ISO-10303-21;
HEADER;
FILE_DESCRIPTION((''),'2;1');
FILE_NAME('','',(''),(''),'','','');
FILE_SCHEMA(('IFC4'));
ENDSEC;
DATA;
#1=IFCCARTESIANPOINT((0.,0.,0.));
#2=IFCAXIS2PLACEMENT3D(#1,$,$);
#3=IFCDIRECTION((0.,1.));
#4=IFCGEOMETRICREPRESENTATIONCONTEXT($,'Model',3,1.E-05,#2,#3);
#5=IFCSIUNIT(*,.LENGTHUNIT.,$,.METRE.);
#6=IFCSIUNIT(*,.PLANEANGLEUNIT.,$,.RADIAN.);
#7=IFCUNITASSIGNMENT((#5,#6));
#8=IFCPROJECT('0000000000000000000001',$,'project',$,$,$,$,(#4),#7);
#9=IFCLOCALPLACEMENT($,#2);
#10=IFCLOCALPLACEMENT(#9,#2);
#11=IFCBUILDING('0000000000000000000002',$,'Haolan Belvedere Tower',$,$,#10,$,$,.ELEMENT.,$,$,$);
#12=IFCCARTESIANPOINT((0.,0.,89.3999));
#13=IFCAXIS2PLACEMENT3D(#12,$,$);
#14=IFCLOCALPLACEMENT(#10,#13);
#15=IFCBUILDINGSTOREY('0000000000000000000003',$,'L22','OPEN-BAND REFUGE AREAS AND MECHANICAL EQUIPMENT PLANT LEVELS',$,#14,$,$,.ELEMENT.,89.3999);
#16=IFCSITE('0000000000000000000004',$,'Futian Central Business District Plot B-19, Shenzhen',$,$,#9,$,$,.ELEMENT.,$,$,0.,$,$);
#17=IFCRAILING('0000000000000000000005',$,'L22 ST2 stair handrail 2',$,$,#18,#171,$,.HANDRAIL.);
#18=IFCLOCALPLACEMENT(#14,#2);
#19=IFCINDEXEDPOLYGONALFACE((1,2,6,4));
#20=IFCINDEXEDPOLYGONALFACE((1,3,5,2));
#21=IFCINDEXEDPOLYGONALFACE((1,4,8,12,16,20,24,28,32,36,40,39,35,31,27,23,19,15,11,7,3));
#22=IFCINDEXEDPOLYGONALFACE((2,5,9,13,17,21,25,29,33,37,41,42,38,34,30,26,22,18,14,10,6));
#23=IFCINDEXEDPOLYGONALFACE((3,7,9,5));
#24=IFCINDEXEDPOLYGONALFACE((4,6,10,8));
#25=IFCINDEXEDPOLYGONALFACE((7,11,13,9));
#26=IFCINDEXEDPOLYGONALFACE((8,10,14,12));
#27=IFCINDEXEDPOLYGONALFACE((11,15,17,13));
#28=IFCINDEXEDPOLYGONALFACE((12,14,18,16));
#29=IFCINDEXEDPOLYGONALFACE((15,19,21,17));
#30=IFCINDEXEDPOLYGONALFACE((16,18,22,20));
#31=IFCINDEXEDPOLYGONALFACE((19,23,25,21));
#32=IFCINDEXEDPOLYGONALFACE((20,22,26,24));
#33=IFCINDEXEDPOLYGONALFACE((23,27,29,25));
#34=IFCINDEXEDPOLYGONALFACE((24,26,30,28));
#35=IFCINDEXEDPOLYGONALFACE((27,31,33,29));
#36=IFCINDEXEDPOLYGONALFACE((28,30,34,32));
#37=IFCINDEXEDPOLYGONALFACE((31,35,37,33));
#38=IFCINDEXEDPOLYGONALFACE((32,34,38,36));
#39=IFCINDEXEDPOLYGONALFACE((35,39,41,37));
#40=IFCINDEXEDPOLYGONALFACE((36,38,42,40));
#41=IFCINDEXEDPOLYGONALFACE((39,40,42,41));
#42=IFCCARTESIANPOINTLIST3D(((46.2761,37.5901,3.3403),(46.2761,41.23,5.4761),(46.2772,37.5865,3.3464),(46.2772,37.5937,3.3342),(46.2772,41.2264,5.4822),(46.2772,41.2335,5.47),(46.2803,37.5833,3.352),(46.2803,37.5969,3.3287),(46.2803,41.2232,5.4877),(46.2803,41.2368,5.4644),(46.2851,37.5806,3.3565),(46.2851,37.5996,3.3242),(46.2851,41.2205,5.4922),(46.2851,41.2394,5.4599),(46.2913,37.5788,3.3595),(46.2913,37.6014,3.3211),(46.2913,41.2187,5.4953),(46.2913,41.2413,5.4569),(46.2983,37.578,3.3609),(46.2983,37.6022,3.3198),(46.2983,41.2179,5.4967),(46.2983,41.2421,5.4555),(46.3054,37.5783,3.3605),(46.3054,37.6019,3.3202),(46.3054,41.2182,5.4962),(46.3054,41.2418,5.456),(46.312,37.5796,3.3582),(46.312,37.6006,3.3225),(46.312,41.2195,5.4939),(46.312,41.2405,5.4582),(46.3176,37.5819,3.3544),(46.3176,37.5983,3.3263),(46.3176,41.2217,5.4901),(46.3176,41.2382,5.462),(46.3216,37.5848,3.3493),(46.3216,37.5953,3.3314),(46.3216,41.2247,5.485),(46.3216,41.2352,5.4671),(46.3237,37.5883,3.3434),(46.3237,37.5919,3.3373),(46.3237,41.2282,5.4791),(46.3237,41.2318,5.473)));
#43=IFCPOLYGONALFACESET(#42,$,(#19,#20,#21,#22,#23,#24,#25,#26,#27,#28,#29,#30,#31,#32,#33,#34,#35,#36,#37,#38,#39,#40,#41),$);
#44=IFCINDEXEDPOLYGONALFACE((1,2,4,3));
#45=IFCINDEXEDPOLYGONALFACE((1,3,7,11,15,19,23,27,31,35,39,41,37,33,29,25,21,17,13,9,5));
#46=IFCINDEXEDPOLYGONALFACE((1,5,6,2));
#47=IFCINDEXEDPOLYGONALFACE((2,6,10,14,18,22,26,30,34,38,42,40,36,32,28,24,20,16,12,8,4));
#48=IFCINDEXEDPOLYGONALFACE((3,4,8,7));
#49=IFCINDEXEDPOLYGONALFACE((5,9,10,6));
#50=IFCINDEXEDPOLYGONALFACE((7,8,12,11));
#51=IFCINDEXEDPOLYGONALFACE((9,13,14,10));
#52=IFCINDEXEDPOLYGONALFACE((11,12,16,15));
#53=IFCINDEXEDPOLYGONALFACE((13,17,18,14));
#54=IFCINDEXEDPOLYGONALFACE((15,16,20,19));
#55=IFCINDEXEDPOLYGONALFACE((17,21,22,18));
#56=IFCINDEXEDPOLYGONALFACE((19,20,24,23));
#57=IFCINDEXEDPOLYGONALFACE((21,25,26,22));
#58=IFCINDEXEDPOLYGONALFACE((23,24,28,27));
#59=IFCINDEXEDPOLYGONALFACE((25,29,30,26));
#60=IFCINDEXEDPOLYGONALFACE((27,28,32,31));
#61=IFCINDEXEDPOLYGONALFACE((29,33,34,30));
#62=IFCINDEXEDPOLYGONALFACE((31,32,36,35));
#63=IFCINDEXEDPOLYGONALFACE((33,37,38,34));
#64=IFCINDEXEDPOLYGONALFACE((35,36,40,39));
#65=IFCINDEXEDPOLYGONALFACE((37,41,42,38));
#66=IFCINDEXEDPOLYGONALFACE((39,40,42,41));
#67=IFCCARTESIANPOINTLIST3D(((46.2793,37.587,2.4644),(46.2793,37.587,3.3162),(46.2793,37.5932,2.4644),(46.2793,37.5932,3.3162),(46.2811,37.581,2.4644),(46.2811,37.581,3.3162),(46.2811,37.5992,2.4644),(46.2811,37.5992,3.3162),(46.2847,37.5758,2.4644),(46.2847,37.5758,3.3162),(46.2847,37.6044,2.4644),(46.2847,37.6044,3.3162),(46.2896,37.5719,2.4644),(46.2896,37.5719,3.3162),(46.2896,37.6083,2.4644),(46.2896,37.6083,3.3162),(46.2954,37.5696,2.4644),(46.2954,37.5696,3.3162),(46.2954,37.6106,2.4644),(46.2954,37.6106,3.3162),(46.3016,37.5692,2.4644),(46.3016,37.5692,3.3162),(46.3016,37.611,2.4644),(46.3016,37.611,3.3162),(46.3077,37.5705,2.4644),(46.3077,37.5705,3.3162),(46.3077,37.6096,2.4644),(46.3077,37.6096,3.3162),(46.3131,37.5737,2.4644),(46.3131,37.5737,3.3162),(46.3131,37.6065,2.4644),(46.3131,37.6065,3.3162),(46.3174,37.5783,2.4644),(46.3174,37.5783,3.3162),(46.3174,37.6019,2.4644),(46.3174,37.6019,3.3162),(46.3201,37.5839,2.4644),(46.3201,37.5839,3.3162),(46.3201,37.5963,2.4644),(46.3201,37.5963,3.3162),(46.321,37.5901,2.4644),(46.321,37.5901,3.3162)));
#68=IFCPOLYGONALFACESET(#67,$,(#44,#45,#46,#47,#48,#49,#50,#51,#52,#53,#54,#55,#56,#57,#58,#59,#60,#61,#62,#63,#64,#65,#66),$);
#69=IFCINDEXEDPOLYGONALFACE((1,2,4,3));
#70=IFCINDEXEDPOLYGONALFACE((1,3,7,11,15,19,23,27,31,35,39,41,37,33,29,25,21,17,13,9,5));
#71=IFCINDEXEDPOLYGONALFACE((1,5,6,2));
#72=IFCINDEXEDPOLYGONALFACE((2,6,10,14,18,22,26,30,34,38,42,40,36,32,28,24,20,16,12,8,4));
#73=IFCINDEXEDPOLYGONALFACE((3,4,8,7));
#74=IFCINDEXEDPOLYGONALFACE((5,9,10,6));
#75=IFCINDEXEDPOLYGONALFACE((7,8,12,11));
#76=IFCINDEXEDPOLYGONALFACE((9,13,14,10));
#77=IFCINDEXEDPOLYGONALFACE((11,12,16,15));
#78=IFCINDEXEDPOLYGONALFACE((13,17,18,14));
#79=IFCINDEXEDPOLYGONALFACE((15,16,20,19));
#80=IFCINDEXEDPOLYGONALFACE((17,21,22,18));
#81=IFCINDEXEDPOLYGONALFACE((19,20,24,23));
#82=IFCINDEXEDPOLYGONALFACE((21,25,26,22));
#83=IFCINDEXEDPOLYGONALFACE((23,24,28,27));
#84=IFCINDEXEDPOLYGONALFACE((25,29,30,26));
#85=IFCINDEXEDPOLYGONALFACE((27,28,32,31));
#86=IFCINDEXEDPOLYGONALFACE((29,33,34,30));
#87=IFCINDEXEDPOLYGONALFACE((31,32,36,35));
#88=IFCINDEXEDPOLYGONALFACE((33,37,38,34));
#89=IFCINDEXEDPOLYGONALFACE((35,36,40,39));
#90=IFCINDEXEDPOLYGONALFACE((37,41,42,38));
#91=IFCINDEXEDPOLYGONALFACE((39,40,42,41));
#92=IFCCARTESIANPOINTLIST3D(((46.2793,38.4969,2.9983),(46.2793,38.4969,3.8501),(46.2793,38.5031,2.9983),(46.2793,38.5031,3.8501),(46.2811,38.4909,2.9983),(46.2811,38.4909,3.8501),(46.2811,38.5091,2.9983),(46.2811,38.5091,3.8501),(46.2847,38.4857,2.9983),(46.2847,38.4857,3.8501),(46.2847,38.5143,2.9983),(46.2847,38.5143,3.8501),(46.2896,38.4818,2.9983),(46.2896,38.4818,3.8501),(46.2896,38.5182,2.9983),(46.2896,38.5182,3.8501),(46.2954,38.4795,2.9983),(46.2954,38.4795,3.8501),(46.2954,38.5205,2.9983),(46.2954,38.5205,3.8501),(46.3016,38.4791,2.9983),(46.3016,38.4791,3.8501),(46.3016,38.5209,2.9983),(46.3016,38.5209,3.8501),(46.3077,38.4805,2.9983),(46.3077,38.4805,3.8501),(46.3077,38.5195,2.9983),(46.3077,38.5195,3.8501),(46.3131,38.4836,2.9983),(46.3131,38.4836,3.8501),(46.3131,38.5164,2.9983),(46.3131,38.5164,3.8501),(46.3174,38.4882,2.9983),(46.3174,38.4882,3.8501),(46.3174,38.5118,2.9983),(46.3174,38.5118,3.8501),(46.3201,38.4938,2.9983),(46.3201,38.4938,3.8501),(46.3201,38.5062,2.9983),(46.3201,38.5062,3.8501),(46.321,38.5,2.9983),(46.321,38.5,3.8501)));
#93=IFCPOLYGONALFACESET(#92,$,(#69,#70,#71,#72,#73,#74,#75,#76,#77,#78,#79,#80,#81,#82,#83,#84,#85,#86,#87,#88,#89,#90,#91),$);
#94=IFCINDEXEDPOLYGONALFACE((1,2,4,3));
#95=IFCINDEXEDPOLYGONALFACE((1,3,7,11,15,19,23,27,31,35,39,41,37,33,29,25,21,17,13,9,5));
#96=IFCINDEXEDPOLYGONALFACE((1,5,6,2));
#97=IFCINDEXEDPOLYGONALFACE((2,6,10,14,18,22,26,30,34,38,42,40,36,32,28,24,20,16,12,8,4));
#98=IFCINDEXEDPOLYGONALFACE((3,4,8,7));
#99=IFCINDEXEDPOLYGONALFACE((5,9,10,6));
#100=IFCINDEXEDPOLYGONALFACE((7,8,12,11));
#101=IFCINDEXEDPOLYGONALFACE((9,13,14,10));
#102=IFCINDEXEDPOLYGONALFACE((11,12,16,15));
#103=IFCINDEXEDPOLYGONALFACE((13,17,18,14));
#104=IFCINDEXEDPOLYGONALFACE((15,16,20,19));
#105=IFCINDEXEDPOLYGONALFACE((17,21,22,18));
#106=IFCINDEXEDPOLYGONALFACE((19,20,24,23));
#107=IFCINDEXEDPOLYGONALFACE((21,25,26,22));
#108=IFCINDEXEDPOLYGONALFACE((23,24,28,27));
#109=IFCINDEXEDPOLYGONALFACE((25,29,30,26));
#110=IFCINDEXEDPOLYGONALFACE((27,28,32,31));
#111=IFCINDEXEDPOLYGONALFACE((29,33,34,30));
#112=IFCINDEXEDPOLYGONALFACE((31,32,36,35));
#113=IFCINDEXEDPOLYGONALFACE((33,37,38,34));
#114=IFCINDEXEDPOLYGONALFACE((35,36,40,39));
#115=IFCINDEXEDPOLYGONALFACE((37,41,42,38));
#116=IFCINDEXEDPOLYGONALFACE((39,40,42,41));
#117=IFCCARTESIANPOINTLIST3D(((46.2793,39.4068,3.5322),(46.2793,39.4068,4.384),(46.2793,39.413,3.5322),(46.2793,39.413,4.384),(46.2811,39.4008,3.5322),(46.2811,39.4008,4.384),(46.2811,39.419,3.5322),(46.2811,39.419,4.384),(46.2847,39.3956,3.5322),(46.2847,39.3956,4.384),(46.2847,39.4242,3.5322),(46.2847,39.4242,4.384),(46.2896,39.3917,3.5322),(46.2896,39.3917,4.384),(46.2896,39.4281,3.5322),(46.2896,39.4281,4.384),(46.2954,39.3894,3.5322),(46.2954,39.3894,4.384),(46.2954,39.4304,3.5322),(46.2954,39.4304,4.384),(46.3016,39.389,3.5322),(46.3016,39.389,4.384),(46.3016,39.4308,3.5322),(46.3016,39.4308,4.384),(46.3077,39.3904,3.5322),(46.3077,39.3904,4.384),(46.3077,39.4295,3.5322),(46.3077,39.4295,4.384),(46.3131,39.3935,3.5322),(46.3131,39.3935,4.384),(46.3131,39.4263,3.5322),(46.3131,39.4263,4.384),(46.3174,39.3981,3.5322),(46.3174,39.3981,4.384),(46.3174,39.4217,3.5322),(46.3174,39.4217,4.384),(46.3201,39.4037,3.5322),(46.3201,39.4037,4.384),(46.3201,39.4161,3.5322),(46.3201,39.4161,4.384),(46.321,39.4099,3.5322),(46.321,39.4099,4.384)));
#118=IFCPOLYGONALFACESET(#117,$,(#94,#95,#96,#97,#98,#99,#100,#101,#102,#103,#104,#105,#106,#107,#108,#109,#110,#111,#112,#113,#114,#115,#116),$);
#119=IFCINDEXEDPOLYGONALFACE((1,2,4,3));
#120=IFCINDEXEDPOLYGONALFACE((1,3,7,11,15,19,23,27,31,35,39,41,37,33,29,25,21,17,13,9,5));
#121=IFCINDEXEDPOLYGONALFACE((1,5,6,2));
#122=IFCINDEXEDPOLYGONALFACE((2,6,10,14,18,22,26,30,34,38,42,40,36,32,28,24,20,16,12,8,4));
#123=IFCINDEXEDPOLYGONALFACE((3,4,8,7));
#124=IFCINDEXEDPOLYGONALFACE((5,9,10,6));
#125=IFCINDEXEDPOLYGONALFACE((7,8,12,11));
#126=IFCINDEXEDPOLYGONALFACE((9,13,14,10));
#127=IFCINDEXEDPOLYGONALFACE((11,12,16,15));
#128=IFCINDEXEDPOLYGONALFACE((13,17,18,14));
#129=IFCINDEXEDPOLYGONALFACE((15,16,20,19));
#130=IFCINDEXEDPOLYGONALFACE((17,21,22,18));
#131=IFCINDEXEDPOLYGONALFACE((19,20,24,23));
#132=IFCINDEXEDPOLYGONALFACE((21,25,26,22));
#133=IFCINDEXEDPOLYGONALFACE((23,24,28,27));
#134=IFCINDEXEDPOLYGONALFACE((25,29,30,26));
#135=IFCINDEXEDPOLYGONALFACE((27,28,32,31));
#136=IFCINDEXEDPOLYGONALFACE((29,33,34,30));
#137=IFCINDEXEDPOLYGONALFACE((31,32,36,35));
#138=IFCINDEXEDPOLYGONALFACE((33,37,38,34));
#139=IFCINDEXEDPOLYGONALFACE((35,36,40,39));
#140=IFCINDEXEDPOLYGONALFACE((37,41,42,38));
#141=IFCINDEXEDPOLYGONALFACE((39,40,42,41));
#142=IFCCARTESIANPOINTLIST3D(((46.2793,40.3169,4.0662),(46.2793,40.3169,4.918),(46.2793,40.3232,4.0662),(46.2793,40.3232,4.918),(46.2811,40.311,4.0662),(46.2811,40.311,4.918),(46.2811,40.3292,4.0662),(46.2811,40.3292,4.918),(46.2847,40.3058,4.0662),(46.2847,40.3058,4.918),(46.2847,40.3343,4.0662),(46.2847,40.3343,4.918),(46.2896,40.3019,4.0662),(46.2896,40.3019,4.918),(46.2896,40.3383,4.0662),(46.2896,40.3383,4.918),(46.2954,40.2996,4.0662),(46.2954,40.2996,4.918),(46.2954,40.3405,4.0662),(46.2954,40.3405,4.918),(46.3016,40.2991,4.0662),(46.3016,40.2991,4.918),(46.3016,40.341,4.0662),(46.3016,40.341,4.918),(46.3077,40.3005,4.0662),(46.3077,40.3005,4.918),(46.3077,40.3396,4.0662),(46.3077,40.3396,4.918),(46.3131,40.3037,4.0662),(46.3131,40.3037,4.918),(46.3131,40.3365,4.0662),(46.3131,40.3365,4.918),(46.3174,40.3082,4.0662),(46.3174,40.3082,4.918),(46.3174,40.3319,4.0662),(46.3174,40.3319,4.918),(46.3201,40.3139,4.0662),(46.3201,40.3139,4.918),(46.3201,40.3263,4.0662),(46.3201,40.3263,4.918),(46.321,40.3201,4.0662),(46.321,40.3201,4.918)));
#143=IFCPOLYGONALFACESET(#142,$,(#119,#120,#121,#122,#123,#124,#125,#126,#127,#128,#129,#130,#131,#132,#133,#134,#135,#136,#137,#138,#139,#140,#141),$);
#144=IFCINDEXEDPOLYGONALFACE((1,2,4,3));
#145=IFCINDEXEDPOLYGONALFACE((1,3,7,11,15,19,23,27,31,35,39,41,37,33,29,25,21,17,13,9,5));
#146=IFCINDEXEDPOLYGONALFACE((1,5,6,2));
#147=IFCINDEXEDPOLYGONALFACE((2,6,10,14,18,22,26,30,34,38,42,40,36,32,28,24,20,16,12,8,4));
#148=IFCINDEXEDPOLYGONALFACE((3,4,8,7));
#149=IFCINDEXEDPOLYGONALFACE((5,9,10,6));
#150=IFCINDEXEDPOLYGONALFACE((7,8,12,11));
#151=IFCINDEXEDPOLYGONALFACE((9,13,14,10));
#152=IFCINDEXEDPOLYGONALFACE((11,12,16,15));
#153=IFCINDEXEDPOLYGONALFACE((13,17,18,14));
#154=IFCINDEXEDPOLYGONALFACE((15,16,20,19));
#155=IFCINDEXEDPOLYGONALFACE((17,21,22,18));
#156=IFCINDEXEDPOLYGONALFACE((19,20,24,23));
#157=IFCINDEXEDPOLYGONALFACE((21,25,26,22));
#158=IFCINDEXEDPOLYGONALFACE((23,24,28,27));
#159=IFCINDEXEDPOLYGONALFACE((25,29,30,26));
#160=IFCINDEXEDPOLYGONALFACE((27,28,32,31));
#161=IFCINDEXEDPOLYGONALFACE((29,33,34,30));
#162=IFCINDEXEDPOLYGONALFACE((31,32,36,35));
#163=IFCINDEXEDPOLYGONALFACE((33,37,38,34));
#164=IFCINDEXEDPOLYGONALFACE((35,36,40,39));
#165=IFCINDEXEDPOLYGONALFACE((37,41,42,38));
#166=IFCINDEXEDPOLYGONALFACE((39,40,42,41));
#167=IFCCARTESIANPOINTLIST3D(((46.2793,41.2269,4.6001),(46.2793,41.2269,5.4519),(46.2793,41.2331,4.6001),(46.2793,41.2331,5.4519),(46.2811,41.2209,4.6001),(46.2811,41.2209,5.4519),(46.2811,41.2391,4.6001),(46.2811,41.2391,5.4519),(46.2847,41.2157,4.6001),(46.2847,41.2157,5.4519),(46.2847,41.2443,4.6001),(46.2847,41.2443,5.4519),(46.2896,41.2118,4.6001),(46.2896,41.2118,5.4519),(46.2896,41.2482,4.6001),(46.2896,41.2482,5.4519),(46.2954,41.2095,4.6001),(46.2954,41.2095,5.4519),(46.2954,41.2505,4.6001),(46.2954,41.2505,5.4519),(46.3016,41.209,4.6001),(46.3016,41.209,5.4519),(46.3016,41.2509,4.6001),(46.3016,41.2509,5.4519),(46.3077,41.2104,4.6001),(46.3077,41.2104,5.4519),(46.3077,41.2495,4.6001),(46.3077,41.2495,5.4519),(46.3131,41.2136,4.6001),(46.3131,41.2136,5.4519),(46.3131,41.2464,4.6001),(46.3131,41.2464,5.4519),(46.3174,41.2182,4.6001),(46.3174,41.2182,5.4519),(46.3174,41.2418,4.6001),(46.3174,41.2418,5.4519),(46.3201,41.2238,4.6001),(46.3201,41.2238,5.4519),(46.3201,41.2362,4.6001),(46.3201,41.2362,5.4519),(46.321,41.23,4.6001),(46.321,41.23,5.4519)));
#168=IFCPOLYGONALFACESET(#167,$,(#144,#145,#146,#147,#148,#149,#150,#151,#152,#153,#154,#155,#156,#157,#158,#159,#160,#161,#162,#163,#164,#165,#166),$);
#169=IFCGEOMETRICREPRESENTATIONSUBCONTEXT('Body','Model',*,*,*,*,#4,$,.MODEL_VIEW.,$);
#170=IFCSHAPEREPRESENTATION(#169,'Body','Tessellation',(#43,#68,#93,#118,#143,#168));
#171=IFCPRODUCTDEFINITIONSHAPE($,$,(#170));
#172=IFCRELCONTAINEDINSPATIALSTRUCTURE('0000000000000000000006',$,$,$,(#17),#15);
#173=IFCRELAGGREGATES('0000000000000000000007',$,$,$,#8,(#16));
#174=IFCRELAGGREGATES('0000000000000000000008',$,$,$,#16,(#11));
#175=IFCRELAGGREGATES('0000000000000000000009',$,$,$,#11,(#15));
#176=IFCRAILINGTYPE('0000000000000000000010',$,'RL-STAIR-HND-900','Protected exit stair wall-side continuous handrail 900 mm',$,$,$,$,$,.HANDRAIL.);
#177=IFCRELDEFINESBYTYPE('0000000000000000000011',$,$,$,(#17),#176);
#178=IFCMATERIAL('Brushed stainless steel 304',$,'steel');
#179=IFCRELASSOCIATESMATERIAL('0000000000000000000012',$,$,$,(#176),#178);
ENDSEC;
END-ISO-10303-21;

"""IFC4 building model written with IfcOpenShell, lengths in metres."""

from ifc_helpers import new_model, si_unit, direction, frame, origin, origin_2d, place, context, subcontext, project, spatial, circle, extrude, material, type_object, element, save


model = new_model("IFC4")

# Units and contexts
model_context = context("Model", 3, precision=1e-05, world=origin(), true_north=direction((0.0, 1.0)))
body_context = subcontext(model_context, "Body", "Model", "MODEL_VIEW")
ifc_project = project(units=[si_unit("LENGTHUNIT", "METRE"), si_unit("PLANEANGLEUNIT", "RADIAN")], contexts=[model_context])

# Site, building, storey
site_placement = place(None, origin())
site = spatial("IfcSite", under=ifc_project, at=site_placement, Name="Futian Central Business District Plot B-19, Shenzhen", CompositionType="ELEMENT", RefElevation=0.0)
building_placement = place(site_placement, origin())
building = spatial("IfcBuilding", under=site, at=building_placement, Name="Haolan Belvedere Tower", CompositionType="ELEMENT")
storey_placement = place(building_placement, frame((0.0, 0.0, 89.3999)))
storey = spatial("IfcBuildingStorey", under=building, at=storey_placement, Name="L22", Description="OPEN-BAND REFUGE AREAS AND MECHANICAL EQUIPMENT PLANT LEVELS", CompositionType="ELEMENT", Elevation=89.3999)

# Railing
ifc_material_1 = material(Name="Brushed stainless steel 304", Category="steel")
railing_type_1 = type_object("IfcRailingType", Name="RL-STAIR-HND-900", Description="Protected exit stair wall-side continuous handrail 900 mm", PredefinedType="HANDRAIL", material=ifc_material_1)
for number, where, name in (
    (1, (46.3, 37.5901, 2.4644), "L22 ST2 stair handrail 2"),
):
    element("IfcRailing", number, at=place(storey_placement, frame(where)), inside=storey, type_object=railing_type_1, Name=name, PredefinedType="HANDRAIL", context=body_context, shape_type="SweptSolid", body=[
        extrude(circle(Radius=0.0239, at=origin_2d()), frame((0.0, 0.0, 0.876), z_axis=(0.0, 0.86249, 0.506074), x_axis=(-1.0, 0.0, 0.0)), (0.0, 0.0, 1.0), 4.2202),
        extrude(circle(Radius=0.021, at=origin_2d()), origin(), (0.0, 0.0, 1.0), 0.8518),
        extrude(circle(Radius=0.021, at=origin_2d()), frame((0.0, 0.9099, 0.5339)), (0.0, 0.0, 1.0), 0.8518),
        extrude(circle(Radius=0.021, at=origin_2d()), frame((0.0, 1.8198, 1.0679)), (0.0, 0.0, 1.0), 0.8518),
        extrude(circle(Radius=0.021, at=origin_2d()), frame((0.0, 2.73, 1.6018)), (0.0, 0.0, 1.0), 0.8518),
        extrude(circle(Radius=0.021, at=origin_2d()), frame((0.0, 3.6399, 2.1357)), (0.0, 0.0, 1.0), 0.8518),
    ])

save(model, "model.ifc")
